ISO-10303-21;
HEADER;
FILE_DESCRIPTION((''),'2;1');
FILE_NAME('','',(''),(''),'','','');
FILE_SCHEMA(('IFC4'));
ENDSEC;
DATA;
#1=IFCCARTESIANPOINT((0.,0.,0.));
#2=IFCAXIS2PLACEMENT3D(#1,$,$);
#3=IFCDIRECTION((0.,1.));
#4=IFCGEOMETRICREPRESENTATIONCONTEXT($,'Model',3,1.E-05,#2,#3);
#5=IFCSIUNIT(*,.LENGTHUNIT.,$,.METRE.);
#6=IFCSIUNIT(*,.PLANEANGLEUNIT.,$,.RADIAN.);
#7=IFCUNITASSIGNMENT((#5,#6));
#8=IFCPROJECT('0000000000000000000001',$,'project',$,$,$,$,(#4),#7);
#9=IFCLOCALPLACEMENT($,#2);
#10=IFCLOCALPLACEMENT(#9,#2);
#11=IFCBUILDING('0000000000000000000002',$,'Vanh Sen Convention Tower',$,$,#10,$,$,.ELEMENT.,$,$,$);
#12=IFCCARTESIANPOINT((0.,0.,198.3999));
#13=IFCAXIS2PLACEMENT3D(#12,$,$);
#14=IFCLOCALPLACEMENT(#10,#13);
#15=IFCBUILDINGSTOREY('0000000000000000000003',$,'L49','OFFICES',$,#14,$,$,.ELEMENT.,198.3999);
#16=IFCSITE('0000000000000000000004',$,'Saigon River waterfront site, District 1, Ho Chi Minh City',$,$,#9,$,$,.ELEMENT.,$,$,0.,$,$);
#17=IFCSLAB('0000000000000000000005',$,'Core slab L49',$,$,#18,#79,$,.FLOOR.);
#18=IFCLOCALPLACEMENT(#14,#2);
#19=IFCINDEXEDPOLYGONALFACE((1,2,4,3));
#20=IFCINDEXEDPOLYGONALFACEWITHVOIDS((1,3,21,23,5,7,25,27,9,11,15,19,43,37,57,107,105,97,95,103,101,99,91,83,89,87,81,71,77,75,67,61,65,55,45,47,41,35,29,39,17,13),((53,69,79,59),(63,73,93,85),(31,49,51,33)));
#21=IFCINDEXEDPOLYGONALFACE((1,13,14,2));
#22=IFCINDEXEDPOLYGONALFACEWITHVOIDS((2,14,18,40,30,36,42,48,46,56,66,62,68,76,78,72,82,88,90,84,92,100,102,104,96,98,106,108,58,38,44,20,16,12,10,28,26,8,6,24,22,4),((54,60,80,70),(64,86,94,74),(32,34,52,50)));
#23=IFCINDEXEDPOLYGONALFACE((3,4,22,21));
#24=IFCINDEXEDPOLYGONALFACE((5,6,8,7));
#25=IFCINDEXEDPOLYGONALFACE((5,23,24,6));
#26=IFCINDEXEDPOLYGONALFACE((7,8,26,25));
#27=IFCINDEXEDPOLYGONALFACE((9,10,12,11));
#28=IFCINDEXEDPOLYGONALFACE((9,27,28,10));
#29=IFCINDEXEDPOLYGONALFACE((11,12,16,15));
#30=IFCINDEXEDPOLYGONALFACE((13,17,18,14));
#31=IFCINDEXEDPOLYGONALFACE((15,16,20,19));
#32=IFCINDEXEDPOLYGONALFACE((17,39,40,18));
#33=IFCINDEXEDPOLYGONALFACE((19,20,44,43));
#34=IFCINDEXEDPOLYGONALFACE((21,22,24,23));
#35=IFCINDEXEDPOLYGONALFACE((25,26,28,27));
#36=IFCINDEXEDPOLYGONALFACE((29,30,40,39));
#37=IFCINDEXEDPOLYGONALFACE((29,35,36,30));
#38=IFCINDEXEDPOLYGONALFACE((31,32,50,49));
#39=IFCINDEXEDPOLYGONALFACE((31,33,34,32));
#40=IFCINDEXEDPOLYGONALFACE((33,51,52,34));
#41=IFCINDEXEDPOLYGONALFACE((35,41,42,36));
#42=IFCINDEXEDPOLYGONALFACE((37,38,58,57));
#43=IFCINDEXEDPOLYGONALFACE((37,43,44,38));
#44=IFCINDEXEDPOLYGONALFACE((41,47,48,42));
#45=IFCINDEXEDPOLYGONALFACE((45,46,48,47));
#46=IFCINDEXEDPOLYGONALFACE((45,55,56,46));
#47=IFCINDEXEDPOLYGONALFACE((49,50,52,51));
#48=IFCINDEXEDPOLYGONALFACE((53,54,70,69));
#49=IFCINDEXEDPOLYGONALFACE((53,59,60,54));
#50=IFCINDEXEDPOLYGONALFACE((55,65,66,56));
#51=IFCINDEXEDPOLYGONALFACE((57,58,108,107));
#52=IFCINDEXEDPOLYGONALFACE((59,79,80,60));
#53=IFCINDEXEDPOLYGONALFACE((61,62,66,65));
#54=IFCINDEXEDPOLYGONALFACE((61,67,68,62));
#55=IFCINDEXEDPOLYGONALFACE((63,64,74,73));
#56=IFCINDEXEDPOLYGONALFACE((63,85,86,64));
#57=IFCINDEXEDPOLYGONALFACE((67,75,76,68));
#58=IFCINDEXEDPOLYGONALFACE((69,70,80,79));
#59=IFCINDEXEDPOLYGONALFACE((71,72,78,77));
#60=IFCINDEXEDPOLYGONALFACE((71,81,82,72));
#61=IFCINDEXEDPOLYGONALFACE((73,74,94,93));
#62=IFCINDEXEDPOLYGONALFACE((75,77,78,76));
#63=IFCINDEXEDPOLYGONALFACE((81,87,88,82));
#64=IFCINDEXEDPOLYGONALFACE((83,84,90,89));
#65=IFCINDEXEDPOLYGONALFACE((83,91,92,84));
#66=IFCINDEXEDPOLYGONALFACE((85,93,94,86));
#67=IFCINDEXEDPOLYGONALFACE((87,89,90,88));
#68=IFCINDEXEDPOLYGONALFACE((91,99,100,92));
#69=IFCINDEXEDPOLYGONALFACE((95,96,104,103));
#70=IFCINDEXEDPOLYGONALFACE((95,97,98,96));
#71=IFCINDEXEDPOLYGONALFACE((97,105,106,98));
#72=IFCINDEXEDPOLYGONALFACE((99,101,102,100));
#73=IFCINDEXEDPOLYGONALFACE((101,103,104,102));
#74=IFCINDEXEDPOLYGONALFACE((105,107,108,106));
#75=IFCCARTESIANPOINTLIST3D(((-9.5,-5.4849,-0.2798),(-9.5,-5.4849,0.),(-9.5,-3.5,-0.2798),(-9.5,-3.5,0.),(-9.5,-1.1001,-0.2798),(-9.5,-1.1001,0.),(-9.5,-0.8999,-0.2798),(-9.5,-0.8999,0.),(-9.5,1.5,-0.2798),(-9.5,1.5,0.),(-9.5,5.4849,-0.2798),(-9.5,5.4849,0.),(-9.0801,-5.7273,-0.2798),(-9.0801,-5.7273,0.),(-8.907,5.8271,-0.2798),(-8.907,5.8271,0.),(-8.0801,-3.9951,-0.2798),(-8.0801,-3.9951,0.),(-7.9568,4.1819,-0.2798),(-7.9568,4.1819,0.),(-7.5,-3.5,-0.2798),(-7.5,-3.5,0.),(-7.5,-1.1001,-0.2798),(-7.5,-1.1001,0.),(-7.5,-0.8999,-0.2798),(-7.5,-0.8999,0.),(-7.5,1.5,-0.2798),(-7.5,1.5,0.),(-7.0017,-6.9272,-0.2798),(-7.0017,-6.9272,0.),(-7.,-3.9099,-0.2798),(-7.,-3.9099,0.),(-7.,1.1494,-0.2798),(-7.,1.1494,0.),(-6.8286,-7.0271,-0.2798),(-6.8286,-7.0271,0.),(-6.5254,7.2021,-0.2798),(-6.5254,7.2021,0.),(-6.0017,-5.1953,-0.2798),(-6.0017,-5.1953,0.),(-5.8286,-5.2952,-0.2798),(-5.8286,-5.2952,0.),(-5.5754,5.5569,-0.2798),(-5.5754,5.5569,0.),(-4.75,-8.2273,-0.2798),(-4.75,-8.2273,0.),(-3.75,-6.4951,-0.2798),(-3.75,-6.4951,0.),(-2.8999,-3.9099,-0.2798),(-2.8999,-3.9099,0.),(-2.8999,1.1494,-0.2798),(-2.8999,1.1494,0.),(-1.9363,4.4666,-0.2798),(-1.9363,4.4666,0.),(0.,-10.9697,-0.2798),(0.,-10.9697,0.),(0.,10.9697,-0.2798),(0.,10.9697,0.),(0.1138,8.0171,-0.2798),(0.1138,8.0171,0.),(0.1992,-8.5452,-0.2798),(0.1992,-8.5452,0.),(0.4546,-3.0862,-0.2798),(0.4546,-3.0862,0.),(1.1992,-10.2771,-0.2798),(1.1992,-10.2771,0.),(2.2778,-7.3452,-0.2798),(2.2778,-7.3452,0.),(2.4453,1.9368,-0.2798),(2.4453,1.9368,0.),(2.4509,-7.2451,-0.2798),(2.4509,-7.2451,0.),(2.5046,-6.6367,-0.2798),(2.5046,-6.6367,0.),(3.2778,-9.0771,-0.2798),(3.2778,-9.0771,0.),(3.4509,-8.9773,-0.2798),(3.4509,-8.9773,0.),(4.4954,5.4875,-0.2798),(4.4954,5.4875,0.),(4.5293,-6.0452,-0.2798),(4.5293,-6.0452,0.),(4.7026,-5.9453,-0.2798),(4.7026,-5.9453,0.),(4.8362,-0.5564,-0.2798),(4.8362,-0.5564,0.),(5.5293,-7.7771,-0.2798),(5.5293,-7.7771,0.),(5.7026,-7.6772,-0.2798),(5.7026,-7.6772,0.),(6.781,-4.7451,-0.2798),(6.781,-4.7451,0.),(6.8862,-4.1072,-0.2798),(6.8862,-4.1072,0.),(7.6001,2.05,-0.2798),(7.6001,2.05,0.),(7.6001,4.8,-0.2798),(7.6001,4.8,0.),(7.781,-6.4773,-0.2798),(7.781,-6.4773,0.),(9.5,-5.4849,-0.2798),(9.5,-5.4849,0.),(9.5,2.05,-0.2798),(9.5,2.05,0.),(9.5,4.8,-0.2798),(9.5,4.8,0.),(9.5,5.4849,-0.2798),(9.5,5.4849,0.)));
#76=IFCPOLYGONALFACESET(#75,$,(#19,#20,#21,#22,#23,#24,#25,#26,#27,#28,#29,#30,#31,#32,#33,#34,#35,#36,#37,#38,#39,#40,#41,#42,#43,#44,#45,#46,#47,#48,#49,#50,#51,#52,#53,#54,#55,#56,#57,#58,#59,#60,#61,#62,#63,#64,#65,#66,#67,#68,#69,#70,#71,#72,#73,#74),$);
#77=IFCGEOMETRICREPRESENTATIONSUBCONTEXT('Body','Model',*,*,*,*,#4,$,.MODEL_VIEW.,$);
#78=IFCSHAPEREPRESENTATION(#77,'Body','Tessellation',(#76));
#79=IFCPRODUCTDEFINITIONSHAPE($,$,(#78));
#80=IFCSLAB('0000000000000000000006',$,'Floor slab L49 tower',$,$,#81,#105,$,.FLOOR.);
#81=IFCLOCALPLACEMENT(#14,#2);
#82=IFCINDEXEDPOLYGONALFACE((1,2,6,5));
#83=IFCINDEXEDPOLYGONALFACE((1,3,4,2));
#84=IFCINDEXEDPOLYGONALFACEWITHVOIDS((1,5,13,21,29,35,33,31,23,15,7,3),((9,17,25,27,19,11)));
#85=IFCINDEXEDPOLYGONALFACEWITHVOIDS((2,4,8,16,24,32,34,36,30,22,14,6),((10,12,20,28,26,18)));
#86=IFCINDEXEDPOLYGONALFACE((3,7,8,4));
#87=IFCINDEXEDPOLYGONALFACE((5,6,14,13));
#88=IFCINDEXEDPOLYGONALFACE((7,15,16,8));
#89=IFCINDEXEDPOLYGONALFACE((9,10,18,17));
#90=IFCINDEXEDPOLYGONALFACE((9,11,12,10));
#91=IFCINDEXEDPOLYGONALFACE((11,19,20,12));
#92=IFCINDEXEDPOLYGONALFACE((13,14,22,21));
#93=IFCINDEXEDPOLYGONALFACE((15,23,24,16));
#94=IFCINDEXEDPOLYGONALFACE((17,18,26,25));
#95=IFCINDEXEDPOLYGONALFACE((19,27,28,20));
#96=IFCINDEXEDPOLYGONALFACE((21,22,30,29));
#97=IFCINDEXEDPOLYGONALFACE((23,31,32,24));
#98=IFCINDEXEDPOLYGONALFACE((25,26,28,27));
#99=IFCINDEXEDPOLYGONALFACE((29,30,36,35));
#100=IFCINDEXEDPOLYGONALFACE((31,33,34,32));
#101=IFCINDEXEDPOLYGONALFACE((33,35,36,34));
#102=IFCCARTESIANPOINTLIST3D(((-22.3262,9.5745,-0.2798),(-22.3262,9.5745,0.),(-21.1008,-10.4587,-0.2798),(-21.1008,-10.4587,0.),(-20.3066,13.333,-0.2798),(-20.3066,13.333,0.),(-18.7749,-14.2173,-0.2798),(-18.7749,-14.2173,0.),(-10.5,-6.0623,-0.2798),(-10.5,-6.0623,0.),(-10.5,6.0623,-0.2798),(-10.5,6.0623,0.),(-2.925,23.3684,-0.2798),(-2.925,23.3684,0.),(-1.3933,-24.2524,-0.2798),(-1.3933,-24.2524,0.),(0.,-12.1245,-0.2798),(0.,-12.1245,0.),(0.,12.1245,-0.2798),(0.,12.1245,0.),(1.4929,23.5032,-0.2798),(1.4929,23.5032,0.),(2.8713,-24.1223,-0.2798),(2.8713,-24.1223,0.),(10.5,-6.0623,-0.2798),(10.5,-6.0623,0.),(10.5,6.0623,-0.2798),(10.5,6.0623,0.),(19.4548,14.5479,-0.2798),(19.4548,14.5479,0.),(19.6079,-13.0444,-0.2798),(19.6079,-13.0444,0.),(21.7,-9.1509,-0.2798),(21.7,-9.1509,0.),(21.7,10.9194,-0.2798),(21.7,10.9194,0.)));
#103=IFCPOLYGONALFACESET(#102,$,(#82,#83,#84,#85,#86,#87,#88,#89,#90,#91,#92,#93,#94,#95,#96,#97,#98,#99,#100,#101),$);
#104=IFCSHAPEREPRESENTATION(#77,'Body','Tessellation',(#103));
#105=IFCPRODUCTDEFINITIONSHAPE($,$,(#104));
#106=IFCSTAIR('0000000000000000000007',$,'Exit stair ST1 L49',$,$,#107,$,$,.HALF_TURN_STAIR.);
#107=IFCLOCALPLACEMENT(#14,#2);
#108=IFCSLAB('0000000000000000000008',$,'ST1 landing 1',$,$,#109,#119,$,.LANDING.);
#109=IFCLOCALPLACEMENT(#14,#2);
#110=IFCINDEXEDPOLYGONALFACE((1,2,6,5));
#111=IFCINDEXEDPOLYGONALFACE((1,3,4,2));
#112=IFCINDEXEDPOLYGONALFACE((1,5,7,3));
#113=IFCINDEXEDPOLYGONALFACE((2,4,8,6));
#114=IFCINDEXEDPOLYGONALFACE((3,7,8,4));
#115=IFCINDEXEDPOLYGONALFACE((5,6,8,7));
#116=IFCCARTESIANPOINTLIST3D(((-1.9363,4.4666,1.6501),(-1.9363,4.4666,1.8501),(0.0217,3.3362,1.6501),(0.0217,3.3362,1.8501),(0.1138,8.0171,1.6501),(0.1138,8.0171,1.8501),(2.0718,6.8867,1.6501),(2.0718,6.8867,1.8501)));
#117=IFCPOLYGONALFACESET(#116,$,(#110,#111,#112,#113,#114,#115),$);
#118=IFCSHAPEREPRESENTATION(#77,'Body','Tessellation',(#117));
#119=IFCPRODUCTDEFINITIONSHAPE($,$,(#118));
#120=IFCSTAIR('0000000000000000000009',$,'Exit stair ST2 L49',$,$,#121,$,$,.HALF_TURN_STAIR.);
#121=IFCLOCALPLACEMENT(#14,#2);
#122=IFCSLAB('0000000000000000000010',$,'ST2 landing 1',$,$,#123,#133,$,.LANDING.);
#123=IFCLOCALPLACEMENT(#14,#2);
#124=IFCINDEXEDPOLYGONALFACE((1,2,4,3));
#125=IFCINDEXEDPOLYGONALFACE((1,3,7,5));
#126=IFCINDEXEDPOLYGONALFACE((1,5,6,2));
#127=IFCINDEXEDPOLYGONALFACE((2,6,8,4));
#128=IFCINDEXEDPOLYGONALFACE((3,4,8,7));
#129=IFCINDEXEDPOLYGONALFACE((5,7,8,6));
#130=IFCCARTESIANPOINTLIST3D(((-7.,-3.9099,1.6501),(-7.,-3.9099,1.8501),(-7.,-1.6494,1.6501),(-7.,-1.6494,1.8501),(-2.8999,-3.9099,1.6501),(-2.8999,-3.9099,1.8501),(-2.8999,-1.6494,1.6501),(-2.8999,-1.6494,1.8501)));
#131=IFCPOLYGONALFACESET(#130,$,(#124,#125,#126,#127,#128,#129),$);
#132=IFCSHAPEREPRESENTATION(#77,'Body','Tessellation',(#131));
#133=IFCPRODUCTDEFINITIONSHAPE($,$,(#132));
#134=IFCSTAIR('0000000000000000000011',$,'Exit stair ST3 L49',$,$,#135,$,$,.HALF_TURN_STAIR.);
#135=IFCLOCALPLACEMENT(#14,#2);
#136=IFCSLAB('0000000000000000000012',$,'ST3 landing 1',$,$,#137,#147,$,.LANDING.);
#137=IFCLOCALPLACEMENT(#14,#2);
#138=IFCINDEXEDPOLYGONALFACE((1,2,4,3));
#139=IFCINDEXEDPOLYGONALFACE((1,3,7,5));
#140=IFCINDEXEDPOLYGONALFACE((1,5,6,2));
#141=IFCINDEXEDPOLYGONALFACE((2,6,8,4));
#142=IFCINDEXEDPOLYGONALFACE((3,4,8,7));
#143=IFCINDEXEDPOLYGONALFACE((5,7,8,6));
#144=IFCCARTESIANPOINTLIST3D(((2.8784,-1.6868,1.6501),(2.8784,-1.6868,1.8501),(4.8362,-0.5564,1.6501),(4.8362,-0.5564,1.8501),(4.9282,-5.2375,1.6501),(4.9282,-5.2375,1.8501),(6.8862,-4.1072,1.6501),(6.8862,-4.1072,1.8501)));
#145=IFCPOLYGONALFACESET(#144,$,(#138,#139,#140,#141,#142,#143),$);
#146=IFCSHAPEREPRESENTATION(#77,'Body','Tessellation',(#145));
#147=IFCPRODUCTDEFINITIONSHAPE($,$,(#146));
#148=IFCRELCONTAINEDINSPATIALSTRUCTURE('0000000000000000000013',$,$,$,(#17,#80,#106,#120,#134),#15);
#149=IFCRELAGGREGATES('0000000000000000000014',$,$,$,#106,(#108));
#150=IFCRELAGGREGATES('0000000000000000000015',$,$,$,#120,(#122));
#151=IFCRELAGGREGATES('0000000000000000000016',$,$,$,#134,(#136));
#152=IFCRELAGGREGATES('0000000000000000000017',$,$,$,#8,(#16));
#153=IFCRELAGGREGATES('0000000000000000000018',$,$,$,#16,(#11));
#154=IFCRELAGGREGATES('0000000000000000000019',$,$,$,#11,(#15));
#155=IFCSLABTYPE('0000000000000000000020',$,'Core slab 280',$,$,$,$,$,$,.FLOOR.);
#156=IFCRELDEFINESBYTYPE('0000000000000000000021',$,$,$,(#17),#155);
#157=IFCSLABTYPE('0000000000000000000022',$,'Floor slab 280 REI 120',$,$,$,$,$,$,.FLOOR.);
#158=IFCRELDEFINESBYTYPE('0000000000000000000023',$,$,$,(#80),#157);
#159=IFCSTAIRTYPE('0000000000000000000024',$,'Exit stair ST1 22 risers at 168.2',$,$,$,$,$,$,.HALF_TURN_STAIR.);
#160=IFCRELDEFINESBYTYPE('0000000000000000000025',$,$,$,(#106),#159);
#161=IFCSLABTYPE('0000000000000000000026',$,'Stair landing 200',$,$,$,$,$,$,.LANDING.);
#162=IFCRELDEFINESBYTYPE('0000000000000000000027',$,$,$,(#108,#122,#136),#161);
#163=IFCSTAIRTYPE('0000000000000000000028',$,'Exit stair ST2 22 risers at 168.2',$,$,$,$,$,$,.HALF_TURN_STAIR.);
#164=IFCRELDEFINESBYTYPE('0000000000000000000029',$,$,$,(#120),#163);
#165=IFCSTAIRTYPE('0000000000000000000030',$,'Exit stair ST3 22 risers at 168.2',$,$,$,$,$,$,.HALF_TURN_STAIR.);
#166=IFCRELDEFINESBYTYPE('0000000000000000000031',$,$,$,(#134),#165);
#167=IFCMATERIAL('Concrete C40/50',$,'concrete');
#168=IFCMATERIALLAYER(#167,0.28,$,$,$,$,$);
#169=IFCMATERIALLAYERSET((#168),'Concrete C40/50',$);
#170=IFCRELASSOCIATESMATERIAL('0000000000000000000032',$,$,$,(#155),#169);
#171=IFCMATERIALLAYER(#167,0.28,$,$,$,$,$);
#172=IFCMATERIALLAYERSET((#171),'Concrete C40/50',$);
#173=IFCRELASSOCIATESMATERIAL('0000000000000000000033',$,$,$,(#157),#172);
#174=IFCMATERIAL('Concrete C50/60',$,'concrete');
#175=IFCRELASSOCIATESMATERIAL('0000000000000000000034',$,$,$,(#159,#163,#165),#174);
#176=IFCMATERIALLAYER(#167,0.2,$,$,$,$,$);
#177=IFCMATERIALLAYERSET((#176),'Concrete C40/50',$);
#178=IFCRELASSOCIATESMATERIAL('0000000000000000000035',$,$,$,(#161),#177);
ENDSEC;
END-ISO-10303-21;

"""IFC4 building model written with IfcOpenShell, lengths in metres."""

from ifc_helpers import new_model, si_unit, direction, frame, origin, place, context, subcontext, project, spatial, polyline, outline, extrude, material, layer, layer_set, type_object, element, aggregate, save


model = new_model("IFC4")

# Units and contexts
model_context = context("Model", 3, precision=1e-05, world=origin(), true_north=direction((0.0, 1.0)))
body_context = subcontext(model_context, "Body", "Model", "MODEL_VIEW")
ifc_project = project(units=[si_unit("LENGTHUNIT", "METRE"), si_unit("PLANEANGLEUNIT", "RADIAN")], contexts=[model_context])

# Site, building, storey
site_placement = place(None, origin())
site = spatial("IfcSite", under=ifc_project, at=site_placement, Name="Saigon River waterfront site, District 1, Ho Chi Minh City", CompositionType="ELEMENT", RefElevation=0.0)
building_placement = place(site_placement, origin())
building = spatial("IfcBuilding", under=site, at=building_placement, Name="Vanh Sen Convention Tower", CompositionType="ELEMENT")
storey_placement = place(building_placement, frame((0.0, 0.0, 198.3999)))
storey = spatial("IfcBuildingStorey", under=building, at=storey_placement, Name="L49", Description="OFFICES", CompositionType="ELEMENT", Elevation=198.3999)

# Slabs
ifc_material_1 = material(Name="Concrete C40/50", Category="concrete")
ifc_layer_1 = layer(ifc_material_1, 0.28)
ifc_layer_set_1 = layer_set([ifc_layer_1], Name="Concrete C40/50")
slab_type_1 = type_object("IfcSlabType", Name="Core slab 280", PredefinedType="FLOOR", material=ifc_layer_set_1)
slab_1_placement = place(storey_placement, frame((0.0, 0.0, -0.2798)))
element("IfcSlab", 1, at=slab_1_placement, inside=storey, type_object=slab_type_1, Name="Core slab L49", PredefinedType="FLOOR", context=body_context, shape_type="SweptSolid", body=[
    extrude(outline(polyline([(0.0, 10.9697), (9.5, 5.4849), (9.5, 4.8), (7.6001, 4.8), (7.6001, 2.05), (9.5, 2.05), (9.5, -5.4849), (7.781, -6.4773), (6.781, -4.7451), (4.7026, -5.9453), (5.7026, -7.6772), (5.5293, -7.7771), (4.5293, -6.0452), (2.4509, -7.2451), (3.4509, -8.9773), (3.2778, -9.0771), (2.2778, -7.3452), (0.1992, -8.5452), (1.1992, -10.2771), (0.0, -10.9697), (-4.75, -8.2273), (-3.75, -6.4951), (-5.8286, -5.2952), (-6.8286, -7.0271), (-7.0017, -6.9272), (-6.0017, -5.1953), (-8.0801, -3.9951), (-9.0801, -5.7273), (-9.5, -5.4849), (-9.5, -3.5), (-7.5, -3.5), (-7.5, -1.1001), (-9.5, -1.1001), (-9.5, -0.8999), (-7.5, -0.8999), (-7.5, 1.5), (-9.5, 1.5), (-9.5, 5.4849), (-8.907, 5.8271), (-7.9568, 4.1819), (-5.5754, 5.5569), (-6.5254, 7.2021), (0.0, 10.9697)]), holes=[polyline([(-7.0, 1.1494), (-7.0, -3.9099), (-2.8999, -3.9099), (-2.8999, 1.1494), (-7.0, 1.1494)]), polyline([(2.5046, -6.6367), (6.8862, -4.1072), (4.8362, -0.5564), (0.4546, -3.0862), (2.5046, -6.6367)]), polyline([(0.1138, 8.0171), (-1.9363, 4.4666), (2.4453, 1.9368), (4.4954, 5.4875), (0.1138, 8.0171)])]), origin(), (0.0, 0.0, 1.0), 0.2798),
])
ifc_layer_2 = layer(ifc_material_1, 0.28)
ifc_layer_set_2 = layer_set([ifc_layer_2], Name="Concrete C40/50")
slab_type_2 = type_object("IfcSlabType", Name="Floor slab 280 REI 120", PredefinedType="FLOOR", material=ifc_layer_set_2)
slab_2_placement = place(storey_placement, frame((0.0, 0.0, -0.2798)))
element("IfcSlab", 2, at=slab_2_placement, inside=storey, type_object=slab_type_2, Name="Floor slab L49 tower", PredefinedType="FLOOR", context=body_context, shape_type="SweptSolid", body=[
    extrude(outline(polyline([(21.7, -9.1509), (21.7, 10.9194), (19.4548, 14.5479), (1.4929, 23.5032), (-2.925, 23.3684), (-20.3066, 13.333), (-22.3262, 9.5745), (-21.1008, -10.4587), (-18.7749, -14.2173), (-1.3933, -24.2524), (2.8713, -24.1223), (19.6079, -13.0444), (21.7, -9.1509)]), holes=[polyline([(0.0, 12.1245), (-10.5, 6.0623), (-10.5, -6.0623), (0.0, -12.1245), (10.5, -6.0623), (10.5, 6.0623), (0.0, 12.1245)])]), origin(), (0.0, 0.0, 1.0), 0.2798),
])

# Stairs, slabs
ifc_material_2 = material(Name="Concrete C50/60", Category="concrete")
stair_type_1 = type_object("IfcStairType", Name="Exit stair ST1 22 risers at 168.2", PredefinedType="HALF_TURN_STAIR", material=ifc_material_2)
stair_1_placement = place(storey_placement, origin())
stair_1 = element("IfcStair", 3, at=stair_1_placement, inside=storey, type_object=stair_type_1, Name="Exit stair ST1 L49", PredefinedType="HALF_TURN_STAIR")
ifc_layer_3 = layer(ifc_material_1, 0.2)
ifc_layer_set_3 = layer_set([ifc_layer_3], Name="Concrete C40/50")
slab_type_3 = type_object("IfcSlabType", Name="Stair landing 200", PredefinedType="LANDING", material=ifc_layer_set_3)
slab_3_placement = place(storey_placement, frame((0.0, 0.0, 1.6501)))
slab_3 = element("IfcSlab", 4, at=slab_3_placement, type_object=slab_type_3, Name="ST1 landing 1", PredefinedType="LANDING", context=body_context, shape_type="SweptSolid", body=[
    extrude(outline(polyline([(2.0718, 6.8867), (0.1138, 8.0171), (-1.9363, 4.4666), (0.0217, 3.3362), (2.0718, 6.8867)])), origin(), (0.0, 0.0, 1.0), 0.2),
])
aggregate(stair_1, [slab_3])
stair_type_2 = type_object("IfcStairType", Name="Exit stair ST2 22 risers at 168.2", PredefinedType="HALF_TURN_STAIR", material=ifc_material_2)
stair_2_placement = place(storey_placement, origin())
stair_2 = element("IfcStair", 5, at=stair_2_placement, inside=storey, type_object=stair_type_2, Name="Exit stair ST2 L49", PredefinedType="HALF_TURN_STAIR")
slab_4_placement = place(storey_placement, frame((0.0, 0.0, 1.6501)))
slab_4 = element("IfcSlab", 6, at=slab_4_placement, type_object=slab_type_3, Name="ST2 landing 1", PredefinedType="LANDING", context=body_context, shape_type="SweptSolid", body=[
    extrude(outline(polyline([(-7.0, -1.6494), (-7.0, -3.9099), (-2.8999, -3.9099), (-2.8999, -1.6494), (-7.0, -1.6494)])), origin(), (0.0, 0.0, 1.0), 0.2),
])
aggregate(stair_2, [slab_4])
stair_type_3 = type_object("IfcStairType", Name="Exit stair ST3 22 risers at 168.2", PredefinedType="HALF_TURN_STAIR", material=ifc_material_2)
stair_3_placement = place(storey_placement, origin())
stair_3 = element("IfcStair", 7, at=stair_3_placement, inside=storey, type_object=stair_type_3, Name="Exit stair ST3 L49", PredefinedType="HALF_TURN_STAIR")
slab_5_placement = place(storey_placement, frame((0.0, 0.0, 1.6501)))
slab_5 = element("IfcSlab", 8, at=slab_5_placement, type_object=slab_type_3, Name="ST3 landing 1", PredefinedType="LANDING", context=body_context, shape_type="SweptSolid", body=[
    extrude(outline(polyline([(4.9282, -5.2375), (6.8862, -4.1072), (4.8362, -0.5564), (2.8784, -1.6868), (4.9282, -5.2375)])), origin(), (0.0, 0.0, 1.0), 0.2),
])
aggregate(stair_3, [slab_5])

save(model, "model.ifc")
